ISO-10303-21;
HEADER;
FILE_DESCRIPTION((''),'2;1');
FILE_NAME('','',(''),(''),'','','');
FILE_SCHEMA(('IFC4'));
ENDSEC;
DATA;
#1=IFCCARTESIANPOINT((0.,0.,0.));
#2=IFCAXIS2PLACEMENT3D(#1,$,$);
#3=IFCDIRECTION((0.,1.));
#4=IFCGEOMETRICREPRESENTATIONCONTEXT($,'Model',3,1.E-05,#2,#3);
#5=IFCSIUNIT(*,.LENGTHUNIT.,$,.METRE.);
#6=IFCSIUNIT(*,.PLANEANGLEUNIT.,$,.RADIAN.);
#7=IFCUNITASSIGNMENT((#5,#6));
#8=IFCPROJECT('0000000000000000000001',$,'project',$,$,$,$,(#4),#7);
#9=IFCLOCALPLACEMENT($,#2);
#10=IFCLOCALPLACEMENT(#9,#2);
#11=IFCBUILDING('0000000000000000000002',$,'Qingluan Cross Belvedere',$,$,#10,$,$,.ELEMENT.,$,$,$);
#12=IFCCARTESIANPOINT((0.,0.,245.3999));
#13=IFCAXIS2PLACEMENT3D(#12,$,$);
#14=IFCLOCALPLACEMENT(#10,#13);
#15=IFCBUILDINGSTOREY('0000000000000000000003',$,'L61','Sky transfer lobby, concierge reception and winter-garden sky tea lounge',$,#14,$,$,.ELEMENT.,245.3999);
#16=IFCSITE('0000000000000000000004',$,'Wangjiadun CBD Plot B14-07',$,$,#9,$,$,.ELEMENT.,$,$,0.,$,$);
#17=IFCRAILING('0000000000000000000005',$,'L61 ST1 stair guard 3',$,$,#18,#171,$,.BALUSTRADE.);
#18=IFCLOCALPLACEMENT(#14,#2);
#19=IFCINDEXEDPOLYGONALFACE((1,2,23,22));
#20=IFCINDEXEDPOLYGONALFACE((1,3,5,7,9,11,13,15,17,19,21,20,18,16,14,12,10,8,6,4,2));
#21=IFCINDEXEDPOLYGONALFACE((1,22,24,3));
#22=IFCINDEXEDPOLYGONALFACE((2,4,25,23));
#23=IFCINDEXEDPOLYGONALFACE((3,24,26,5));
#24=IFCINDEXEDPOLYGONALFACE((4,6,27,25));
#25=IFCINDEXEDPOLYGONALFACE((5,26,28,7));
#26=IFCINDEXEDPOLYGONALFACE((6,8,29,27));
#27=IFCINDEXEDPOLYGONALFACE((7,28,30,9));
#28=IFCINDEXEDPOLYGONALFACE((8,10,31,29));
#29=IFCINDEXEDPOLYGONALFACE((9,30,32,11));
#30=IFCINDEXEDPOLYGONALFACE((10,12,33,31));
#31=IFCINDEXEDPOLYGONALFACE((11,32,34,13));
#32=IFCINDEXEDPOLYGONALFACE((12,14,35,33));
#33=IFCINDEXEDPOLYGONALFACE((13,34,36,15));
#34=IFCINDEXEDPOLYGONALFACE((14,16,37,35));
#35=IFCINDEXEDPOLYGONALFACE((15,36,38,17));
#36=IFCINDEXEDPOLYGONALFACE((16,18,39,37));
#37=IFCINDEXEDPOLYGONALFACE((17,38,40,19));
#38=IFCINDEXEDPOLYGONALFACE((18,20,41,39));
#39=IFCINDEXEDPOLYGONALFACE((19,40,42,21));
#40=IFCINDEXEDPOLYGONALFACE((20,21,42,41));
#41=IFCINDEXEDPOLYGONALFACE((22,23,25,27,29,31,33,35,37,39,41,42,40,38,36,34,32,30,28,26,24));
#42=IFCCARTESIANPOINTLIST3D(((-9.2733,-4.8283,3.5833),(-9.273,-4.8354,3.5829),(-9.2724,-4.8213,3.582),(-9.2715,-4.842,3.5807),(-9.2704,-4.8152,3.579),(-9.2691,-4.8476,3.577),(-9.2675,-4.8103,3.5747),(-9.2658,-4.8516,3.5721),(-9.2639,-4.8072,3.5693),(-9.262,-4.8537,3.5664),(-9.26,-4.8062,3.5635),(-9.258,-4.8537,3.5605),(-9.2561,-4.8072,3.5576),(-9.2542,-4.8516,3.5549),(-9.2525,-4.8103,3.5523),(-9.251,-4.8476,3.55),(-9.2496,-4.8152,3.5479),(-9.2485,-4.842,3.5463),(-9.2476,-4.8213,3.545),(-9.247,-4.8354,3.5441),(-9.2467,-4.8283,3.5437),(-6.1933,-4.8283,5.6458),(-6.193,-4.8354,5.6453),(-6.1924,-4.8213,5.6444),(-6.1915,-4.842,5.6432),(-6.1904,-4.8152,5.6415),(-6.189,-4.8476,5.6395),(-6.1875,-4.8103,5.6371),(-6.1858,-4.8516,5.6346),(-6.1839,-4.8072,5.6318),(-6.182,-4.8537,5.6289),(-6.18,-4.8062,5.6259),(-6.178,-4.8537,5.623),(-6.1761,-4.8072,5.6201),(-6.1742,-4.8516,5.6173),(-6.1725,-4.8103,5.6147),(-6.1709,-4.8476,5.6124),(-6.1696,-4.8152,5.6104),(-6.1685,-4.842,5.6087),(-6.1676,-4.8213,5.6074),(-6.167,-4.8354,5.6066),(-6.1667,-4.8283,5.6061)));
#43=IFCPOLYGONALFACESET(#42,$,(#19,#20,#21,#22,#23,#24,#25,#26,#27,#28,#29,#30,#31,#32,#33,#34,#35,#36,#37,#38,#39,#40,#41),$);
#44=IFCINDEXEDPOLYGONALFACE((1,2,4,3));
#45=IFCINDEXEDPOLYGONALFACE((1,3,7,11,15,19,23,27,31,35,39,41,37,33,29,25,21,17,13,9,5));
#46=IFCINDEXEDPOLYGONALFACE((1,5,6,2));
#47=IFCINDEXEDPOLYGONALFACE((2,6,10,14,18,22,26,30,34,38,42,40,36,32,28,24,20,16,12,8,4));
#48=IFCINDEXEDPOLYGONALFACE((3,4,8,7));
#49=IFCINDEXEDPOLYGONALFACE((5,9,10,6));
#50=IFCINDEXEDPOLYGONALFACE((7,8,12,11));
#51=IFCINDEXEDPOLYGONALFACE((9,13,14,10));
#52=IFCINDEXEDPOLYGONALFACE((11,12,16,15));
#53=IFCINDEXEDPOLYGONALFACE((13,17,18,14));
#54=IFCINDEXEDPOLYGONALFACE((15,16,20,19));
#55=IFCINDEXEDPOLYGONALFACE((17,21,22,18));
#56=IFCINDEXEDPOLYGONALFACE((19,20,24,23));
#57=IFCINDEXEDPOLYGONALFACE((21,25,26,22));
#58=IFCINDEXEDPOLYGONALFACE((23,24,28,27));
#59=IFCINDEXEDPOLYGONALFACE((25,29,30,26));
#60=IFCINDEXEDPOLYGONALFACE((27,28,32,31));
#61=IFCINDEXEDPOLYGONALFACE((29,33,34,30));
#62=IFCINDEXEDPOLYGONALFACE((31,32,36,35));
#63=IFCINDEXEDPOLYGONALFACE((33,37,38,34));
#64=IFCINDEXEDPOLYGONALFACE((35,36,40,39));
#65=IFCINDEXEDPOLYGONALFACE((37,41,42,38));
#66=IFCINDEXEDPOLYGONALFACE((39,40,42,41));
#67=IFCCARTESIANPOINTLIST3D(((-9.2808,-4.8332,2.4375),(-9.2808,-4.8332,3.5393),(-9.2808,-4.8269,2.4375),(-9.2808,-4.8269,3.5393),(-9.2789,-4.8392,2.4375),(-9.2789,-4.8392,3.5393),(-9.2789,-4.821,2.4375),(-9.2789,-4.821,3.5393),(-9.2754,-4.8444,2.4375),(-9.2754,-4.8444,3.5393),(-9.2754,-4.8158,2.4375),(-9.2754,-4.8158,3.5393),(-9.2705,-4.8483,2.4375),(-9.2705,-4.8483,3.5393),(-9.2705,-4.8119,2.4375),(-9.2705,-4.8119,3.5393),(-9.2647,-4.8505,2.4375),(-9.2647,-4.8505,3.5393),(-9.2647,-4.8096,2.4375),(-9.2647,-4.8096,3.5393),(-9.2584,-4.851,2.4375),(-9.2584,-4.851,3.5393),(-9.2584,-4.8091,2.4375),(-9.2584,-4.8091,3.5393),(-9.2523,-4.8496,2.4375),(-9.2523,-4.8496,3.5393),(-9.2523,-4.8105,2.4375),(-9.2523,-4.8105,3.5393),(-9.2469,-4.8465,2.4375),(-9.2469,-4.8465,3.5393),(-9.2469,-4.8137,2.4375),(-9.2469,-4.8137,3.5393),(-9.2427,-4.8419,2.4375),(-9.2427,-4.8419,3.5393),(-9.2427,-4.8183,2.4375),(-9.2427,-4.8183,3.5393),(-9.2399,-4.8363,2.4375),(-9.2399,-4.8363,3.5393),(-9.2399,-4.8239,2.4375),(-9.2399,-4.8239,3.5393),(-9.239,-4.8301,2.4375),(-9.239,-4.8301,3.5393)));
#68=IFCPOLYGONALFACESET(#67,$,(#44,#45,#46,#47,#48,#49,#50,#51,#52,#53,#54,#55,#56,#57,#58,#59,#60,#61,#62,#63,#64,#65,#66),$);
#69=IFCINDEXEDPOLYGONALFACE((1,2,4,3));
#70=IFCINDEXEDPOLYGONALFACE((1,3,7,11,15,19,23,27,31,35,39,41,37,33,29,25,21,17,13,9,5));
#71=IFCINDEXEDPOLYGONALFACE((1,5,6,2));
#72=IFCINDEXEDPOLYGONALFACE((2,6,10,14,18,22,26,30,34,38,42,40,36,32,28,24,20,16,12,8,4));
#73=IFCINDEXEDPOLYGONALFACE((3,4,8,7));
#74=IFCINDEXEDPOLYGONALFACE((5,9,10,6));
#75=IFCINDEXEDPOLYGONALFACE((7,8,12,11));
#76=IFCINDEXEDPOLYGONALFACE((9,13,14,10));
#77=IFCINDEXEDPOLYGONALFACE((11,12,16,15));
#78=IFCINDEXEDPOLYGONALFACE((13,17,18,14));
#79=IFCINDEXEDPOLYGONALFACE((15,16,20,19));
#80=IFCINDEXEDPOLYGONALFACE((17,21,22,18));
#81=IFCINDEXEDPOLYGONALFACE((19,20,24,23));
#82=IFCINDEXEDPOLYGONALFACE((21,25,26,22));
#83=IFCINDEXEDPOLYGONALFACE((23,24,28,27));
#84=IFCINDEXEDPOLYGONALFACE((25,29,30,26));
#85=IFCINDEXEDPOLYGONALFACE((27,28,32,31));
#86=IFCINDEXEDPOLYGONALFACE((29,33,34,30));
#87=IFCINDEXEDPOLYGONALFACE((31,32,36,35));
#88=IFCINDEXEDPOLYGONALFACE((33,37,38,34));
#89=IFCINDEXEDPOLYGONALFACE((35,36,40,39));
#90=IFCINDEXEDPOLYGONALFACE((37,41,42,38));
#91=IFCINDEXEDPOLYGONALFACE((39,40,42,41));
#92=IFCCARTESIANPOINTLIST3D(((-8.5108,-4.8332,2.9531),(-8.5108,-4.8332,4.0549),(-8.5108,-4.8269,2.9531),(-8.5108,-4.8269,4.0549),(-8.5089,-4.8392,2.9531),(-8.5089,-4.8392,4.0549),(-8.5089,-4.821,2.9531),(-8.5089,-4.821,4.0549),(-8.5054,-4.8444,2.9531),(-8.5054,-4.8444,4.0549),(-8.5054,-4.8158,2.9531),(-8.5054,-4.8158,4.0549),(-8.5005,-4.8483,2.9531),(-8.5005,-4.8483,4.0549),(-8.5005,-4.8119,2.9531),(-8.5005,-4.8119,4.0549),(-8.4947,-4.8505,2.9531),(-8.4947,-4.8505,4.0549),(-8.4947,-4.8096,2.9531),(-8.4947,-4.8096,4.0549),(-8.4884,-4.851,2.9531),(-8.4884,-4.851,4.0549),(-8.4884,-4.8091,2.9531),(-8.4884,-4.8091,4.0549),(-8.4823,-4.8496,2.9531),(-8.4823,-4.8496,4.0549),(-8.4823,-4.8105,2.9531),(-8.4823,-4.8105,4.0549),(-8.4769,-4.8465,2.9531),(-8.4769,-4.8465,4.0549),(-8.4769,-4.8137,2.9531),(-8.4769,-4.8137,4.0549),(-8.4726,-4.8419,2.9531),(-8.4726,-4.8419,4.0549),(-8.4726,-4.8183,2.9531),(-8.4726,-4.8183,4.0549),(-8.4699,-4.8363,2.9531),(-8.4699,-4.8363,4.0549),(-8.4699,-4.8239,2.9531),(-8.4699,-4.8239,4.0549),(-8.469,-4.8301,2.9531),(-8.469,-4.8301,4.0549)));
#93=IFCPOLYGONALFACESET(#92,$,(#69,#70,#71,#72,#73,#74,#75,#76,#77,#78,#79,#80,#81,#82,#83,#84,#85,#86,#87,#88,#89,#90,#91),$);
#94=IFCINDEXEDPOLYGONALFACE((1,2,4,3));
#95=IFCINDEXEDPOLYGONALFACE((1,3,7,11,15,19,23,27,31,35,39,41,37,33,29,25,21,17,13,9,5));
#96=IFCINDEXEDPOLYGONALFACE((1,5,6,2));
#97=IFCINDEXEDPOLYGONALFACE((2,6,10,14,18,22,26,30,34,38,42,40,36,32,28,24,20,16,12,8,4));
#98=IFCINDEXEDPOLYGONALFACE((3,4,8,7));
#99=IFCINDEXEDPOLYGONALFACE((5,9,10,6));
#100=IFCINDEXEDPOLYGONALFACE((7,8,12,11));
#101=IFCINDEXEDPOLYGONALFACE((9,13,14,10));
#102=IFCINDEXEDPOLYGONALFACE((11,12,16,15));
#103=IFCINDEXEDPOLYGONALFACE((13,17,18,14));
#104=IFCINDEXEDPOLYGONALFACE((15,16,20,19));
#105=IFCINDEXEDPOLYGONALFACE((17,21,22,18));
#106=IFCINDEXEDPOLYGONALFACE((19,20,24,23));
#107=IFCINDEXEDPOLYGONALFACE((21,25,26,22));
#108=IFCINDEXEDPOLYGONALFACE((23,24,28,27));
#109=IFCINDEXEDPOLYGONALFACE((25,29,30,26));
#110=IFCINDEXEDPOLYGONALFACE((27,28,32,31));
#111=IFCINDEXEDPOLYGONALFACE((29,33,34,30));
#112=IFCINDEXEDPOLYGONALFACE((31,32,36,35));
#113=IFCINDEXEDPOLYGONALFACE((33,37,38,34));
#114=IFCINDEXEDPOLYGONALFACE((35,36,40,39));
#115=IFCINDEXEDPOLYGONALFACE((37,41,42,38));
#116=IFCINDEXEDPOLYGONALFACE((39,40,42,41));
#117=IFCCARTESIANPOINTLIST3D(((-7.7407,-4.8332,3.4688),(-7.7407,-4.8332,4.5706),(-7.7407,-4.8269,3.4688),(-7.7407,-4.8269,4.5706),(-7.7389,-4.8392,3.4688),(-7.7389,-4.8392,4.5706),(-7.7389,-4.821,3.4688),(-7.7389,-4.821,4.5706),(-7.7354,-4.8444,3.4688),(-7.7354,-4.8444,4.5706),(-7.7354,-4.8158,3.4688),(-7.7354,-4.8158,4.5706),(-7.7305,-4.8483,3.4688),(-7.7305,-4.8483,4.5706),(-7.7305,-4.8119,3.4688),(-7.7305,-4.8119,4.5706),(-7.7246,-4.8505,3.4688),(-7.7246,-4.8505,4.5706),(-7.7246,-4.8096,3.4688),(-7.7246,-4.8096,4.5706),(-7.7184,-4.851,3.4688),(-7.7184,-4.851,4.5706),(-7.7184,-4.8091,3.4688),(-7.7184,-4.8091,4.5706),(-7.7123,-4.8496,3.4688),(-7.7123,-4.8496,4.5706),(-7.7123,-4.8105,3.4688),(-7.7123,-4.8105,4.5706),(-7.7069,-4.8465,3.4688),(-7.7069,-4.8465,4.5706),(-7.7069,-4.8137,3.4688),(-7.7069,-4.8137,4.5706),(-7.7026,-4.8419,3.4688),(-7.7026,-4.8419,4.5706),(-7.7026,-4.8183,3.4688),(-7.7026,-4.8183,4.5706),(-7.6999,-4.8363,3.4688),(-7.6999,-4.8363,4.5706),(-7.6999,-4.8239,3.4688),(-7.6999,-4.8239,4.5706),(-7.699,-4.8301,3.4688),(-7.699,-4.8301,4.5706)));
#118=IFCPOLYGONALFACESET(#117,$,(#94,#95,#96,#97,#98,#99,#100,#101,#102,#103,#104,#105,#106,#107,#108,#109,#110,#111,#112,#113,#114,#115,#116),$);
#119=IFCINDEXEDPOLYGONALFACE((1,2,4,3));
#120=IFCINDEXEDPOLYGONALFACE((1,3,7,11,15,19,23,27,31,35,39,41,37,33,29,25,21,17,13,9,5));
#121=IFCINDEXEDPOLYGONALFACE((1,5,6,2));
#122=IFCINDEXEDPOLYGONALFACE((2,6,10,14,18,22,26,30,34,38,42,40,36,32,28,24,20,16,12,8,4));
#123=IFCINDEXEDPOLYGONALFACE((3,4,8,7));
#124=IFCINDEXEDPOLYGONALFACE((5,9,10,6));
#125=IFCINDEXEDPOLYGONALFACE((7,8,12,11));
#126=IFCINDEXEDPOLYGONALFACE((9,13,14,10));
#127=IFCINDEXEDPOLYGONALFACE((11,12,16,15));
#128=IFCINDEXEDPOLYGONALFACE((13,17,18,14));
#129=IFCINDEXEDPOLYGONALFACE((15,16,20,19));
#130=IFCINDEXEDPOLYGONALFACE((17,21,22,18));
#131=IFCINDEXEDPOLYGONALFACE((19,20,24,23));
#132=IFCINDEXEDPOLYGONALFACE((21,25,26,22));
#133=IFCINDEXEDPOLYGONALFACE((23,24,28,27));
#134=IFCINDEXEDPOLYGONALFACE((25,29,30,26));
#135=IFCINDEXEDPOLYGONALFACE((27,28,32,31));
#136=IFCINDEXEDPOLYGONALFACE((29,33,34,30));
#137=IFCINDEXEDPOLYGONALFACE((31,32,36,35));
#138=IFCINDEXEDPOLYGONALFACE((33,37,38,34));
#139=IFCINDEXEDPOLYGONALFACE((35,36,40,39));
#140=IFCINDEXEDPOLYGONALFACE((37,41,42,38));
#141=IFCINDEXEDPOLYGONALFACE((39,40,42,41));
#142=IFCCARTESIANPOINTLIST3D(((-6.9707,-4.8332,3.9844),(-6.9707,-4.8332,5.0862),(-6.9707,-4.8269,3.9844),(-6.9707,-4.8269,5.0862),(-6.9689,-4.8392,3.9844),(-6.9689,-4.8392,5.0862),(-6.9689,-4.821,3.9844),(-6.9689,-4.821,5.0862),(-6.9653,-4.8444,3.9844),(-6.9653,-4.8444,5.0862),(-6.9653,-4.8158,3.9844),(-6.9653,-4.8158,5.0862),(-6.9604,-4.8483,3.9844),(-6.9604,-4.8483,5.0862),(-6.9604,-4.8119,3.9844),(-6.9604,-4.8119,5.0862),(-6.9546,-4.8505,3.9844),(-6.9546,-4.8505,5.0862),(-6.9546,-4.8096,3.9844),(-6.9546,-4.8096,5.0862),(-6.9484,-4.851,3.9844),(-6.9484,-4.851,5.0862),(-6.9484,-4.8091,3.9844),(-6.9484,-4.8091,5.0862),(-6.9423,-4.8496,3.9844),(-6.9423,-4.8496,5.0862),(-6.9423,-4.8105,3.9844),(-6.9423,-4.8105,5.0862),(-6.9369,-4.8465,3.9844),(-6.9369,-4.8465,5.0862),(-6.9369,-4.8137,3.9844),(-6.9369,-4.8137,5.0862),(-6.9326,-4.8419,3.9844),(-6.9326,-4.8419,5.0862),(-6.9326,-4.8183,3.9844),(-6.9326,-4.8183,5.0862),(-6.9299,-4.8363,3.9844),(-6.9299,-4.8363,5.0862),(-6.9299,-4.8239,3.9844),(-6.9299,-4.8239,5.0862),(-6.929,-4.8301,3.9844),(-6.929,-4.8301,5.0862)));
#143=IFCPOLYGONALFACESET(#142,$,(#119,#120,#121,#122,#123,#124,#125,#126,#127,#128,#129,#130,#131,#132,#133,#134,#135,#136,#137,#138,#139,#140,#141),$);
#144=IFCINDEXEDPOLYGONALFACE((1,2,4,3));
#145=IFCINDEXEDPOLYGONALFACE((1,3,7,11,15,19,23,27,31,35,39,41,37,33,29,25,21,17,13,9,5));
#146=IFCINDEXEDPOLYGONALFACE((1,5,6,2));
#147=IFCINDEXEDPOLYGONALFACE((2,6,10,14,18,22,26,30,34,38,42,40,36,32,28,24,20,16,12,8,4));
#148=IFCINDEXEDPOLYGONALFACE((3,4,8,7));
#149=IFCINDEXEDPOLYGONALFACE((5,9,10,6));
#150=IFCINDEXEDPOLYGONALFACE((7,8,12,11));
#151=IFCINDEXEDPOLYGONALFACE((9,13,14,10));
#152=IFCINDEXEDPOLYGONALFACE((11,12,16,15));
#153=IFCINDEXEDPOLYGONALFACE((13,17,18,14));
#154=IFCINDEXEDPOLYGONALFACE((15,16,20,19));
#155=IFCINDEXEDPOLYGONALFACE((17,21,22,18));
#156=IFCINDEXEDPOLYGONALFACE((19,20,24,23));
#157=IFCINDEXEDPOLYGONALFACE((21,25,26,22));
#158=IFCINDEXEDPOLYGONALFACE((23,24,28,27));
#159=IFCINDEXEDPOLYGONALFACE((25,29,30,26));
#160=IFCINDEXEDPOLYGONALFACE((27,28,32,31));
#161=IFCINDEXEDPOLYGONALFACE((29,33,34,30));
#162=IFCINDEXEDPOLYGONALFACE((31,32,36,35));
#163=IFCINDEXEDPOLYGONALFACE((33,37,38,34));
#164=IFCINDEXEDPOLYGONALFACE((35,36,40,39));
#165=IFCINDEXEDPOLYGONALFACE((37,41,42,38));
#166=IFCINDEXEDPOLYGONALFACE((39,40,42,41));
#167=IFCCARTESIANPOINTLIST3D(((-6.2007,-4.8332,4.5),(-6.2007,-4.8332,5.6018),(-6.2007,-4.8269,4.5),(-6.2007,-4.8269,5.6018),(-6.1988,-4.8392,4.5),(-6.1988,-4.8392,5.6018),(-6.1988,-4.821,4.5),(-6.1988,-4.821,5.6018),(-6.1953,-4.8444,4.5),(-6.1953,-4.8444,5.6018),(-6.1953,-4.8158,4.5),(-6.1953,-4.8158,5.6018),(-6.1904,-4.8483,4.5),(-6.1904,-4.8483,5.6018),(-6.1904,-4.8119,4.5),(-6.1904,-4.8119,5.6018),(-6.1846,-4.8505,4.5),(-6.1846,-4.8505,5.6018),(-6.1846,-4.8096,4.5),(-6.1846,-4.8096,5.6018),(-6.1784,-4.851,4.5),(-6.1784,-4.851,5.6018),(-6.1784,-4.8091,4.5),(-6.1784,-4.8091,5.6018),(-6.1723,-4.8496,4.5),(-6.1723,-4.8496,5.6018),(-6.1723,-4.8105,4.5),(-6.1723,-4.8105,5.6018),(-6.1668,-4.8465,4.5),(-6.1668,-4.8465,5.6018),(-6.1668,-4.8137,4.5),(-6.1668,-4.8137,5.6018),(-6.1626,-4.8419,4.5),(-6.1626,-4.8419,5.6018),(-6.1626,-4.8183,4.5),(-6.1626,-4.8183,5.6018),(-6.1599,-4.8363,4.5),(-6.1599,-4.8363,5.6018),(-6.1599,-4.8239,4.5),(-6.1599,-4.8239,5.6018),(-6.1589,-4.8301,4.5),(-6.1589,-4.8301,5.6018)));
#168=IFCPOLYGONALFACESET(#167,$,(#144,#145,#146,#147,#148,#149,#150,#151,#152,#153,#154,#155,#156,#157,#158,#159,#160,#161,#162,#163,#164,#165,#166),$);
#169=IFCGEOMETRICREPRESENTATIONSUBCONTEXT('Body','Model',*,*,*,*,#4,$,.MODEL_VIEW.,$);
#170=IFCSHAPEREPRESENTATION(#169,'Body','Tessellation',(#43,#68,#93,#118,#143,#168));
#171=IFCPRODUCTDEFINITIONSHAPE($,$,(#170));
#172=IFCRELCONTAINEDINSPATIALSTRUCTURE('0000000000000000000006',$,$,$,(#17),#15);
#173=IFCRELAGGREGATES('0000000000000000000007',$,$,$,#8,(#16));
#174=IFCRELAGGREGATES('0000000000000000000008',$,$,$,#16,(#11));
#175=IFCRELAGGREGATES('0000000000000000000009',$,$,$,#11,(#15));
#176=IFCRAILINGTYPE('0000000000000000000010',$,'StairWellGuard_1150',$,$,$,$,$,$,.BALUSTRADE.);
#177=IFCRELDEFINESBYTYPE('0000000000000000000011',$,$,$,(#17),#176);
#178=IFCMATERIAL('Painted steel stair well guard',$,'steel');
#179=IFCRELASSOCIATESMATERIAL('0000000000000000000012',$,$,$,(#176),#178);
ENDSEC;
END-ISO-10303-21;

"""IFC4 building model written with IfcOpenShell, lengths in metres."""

from ifc_helpers import new_model, si_unit, direction, frame, origin, origin_2d, place, context, subcontext, project, spatial, circle, extrude, material, type_object, element, save


model = new_model("IFC4")

# Units and contexts
model_context = context("Model", 3, precision=1e-05, world=origin(), true_north=direction((0.0, 1.0)))
body_context = subcontext(model_context, "Body", "Model", "MODEL_VIEW")
ifc_project = project(units=[si_unit("LENGTHUNIT", "METRE"), si_unit("PLANEANGLEUNIT", "RADIAN")], contexts=[model_context])

# Site, building, storey
site_placement = place(None, origin())
site = spatial("IfcSite", under=ifc_project, at=site_placement, Name="Wangjiadun CBD Plot B14-07", CompositionType="ELEMENT", RefElevation=0.0)
building_placement = place(site_placement, origin())
building = spatial("IfcBuilding", under=site, at=building_placement, Name="Qingluan Cross Belvedere", CompositionType="ELEMENT")
storey_placement = place(building_placement, frame((0.0, 0.0, 245.3999)))
storey = spatial("IfcBuildingStorey", under=building, at=storey_placement, Name="L61", Description="Sky transfer lobby, concierge reception and winter-garden sky tea lounge", CompositionType="ELEMENT", Elevation=245.3999)

# Railing
ifc_material_1 = material(Name="Painted steel stair well guard", Category="steel")
railing_type_1 = type_object("IfcRailingType", Name="StairWellGuard_1150", PredefinedType="BALUSTRADE", material=ifc_material_1)
railing_1_placement = place(storey_placement, frame((-9.26, -4.8301, 2.4375)))
element("IfcRailing", 1, at=railing_1_placement, inside=storey, type_object=railing_type_1, Name="L61 ST1 stair guard 3", PredefinedType="BALUSTRADE", context=body_context, shape_type="SweptSolid", body=[
    extrude(circle(Radius=0.0239, at=origin_2d()), frame((0.0, 0.0, 1.126), z_axis=(0.830914, 0.0, 0.556401), x_axis=(0.0, 1.0, 0.0)), (0.0, 0.0, 1.0), 3.7068),
    extrude(circle(Radius=0.021, at=origin_2d()), origin(), (0.0, 0.0, 1.0), 1.1018),
    extrude(circle(Radius=0.021, at=origin_2d()), frame((0.77, 0.0, 0.5156)), (0.0, 0.0, 1.0), 1.1018),
    extrude(circle(Radius=0.021, at=origin_2d()), frame((1.54, 0.0, 1.0312)), (0.0, 0.0, 1.0), 1.1018),
    extrude(circle(Radius=0.021, at=origin_2d()), frame((2.3101, 0.0, 1.5469)), (0.0, 0.0, 1.0), 1.1018),
    extrude(circle(Radius=0.021, at=origin_2d()), frame((3.0801, 0.0, 2.0625)), (0.0, 0.0, 1.0), 1.1018),
])

save(model, "model.ifc")
